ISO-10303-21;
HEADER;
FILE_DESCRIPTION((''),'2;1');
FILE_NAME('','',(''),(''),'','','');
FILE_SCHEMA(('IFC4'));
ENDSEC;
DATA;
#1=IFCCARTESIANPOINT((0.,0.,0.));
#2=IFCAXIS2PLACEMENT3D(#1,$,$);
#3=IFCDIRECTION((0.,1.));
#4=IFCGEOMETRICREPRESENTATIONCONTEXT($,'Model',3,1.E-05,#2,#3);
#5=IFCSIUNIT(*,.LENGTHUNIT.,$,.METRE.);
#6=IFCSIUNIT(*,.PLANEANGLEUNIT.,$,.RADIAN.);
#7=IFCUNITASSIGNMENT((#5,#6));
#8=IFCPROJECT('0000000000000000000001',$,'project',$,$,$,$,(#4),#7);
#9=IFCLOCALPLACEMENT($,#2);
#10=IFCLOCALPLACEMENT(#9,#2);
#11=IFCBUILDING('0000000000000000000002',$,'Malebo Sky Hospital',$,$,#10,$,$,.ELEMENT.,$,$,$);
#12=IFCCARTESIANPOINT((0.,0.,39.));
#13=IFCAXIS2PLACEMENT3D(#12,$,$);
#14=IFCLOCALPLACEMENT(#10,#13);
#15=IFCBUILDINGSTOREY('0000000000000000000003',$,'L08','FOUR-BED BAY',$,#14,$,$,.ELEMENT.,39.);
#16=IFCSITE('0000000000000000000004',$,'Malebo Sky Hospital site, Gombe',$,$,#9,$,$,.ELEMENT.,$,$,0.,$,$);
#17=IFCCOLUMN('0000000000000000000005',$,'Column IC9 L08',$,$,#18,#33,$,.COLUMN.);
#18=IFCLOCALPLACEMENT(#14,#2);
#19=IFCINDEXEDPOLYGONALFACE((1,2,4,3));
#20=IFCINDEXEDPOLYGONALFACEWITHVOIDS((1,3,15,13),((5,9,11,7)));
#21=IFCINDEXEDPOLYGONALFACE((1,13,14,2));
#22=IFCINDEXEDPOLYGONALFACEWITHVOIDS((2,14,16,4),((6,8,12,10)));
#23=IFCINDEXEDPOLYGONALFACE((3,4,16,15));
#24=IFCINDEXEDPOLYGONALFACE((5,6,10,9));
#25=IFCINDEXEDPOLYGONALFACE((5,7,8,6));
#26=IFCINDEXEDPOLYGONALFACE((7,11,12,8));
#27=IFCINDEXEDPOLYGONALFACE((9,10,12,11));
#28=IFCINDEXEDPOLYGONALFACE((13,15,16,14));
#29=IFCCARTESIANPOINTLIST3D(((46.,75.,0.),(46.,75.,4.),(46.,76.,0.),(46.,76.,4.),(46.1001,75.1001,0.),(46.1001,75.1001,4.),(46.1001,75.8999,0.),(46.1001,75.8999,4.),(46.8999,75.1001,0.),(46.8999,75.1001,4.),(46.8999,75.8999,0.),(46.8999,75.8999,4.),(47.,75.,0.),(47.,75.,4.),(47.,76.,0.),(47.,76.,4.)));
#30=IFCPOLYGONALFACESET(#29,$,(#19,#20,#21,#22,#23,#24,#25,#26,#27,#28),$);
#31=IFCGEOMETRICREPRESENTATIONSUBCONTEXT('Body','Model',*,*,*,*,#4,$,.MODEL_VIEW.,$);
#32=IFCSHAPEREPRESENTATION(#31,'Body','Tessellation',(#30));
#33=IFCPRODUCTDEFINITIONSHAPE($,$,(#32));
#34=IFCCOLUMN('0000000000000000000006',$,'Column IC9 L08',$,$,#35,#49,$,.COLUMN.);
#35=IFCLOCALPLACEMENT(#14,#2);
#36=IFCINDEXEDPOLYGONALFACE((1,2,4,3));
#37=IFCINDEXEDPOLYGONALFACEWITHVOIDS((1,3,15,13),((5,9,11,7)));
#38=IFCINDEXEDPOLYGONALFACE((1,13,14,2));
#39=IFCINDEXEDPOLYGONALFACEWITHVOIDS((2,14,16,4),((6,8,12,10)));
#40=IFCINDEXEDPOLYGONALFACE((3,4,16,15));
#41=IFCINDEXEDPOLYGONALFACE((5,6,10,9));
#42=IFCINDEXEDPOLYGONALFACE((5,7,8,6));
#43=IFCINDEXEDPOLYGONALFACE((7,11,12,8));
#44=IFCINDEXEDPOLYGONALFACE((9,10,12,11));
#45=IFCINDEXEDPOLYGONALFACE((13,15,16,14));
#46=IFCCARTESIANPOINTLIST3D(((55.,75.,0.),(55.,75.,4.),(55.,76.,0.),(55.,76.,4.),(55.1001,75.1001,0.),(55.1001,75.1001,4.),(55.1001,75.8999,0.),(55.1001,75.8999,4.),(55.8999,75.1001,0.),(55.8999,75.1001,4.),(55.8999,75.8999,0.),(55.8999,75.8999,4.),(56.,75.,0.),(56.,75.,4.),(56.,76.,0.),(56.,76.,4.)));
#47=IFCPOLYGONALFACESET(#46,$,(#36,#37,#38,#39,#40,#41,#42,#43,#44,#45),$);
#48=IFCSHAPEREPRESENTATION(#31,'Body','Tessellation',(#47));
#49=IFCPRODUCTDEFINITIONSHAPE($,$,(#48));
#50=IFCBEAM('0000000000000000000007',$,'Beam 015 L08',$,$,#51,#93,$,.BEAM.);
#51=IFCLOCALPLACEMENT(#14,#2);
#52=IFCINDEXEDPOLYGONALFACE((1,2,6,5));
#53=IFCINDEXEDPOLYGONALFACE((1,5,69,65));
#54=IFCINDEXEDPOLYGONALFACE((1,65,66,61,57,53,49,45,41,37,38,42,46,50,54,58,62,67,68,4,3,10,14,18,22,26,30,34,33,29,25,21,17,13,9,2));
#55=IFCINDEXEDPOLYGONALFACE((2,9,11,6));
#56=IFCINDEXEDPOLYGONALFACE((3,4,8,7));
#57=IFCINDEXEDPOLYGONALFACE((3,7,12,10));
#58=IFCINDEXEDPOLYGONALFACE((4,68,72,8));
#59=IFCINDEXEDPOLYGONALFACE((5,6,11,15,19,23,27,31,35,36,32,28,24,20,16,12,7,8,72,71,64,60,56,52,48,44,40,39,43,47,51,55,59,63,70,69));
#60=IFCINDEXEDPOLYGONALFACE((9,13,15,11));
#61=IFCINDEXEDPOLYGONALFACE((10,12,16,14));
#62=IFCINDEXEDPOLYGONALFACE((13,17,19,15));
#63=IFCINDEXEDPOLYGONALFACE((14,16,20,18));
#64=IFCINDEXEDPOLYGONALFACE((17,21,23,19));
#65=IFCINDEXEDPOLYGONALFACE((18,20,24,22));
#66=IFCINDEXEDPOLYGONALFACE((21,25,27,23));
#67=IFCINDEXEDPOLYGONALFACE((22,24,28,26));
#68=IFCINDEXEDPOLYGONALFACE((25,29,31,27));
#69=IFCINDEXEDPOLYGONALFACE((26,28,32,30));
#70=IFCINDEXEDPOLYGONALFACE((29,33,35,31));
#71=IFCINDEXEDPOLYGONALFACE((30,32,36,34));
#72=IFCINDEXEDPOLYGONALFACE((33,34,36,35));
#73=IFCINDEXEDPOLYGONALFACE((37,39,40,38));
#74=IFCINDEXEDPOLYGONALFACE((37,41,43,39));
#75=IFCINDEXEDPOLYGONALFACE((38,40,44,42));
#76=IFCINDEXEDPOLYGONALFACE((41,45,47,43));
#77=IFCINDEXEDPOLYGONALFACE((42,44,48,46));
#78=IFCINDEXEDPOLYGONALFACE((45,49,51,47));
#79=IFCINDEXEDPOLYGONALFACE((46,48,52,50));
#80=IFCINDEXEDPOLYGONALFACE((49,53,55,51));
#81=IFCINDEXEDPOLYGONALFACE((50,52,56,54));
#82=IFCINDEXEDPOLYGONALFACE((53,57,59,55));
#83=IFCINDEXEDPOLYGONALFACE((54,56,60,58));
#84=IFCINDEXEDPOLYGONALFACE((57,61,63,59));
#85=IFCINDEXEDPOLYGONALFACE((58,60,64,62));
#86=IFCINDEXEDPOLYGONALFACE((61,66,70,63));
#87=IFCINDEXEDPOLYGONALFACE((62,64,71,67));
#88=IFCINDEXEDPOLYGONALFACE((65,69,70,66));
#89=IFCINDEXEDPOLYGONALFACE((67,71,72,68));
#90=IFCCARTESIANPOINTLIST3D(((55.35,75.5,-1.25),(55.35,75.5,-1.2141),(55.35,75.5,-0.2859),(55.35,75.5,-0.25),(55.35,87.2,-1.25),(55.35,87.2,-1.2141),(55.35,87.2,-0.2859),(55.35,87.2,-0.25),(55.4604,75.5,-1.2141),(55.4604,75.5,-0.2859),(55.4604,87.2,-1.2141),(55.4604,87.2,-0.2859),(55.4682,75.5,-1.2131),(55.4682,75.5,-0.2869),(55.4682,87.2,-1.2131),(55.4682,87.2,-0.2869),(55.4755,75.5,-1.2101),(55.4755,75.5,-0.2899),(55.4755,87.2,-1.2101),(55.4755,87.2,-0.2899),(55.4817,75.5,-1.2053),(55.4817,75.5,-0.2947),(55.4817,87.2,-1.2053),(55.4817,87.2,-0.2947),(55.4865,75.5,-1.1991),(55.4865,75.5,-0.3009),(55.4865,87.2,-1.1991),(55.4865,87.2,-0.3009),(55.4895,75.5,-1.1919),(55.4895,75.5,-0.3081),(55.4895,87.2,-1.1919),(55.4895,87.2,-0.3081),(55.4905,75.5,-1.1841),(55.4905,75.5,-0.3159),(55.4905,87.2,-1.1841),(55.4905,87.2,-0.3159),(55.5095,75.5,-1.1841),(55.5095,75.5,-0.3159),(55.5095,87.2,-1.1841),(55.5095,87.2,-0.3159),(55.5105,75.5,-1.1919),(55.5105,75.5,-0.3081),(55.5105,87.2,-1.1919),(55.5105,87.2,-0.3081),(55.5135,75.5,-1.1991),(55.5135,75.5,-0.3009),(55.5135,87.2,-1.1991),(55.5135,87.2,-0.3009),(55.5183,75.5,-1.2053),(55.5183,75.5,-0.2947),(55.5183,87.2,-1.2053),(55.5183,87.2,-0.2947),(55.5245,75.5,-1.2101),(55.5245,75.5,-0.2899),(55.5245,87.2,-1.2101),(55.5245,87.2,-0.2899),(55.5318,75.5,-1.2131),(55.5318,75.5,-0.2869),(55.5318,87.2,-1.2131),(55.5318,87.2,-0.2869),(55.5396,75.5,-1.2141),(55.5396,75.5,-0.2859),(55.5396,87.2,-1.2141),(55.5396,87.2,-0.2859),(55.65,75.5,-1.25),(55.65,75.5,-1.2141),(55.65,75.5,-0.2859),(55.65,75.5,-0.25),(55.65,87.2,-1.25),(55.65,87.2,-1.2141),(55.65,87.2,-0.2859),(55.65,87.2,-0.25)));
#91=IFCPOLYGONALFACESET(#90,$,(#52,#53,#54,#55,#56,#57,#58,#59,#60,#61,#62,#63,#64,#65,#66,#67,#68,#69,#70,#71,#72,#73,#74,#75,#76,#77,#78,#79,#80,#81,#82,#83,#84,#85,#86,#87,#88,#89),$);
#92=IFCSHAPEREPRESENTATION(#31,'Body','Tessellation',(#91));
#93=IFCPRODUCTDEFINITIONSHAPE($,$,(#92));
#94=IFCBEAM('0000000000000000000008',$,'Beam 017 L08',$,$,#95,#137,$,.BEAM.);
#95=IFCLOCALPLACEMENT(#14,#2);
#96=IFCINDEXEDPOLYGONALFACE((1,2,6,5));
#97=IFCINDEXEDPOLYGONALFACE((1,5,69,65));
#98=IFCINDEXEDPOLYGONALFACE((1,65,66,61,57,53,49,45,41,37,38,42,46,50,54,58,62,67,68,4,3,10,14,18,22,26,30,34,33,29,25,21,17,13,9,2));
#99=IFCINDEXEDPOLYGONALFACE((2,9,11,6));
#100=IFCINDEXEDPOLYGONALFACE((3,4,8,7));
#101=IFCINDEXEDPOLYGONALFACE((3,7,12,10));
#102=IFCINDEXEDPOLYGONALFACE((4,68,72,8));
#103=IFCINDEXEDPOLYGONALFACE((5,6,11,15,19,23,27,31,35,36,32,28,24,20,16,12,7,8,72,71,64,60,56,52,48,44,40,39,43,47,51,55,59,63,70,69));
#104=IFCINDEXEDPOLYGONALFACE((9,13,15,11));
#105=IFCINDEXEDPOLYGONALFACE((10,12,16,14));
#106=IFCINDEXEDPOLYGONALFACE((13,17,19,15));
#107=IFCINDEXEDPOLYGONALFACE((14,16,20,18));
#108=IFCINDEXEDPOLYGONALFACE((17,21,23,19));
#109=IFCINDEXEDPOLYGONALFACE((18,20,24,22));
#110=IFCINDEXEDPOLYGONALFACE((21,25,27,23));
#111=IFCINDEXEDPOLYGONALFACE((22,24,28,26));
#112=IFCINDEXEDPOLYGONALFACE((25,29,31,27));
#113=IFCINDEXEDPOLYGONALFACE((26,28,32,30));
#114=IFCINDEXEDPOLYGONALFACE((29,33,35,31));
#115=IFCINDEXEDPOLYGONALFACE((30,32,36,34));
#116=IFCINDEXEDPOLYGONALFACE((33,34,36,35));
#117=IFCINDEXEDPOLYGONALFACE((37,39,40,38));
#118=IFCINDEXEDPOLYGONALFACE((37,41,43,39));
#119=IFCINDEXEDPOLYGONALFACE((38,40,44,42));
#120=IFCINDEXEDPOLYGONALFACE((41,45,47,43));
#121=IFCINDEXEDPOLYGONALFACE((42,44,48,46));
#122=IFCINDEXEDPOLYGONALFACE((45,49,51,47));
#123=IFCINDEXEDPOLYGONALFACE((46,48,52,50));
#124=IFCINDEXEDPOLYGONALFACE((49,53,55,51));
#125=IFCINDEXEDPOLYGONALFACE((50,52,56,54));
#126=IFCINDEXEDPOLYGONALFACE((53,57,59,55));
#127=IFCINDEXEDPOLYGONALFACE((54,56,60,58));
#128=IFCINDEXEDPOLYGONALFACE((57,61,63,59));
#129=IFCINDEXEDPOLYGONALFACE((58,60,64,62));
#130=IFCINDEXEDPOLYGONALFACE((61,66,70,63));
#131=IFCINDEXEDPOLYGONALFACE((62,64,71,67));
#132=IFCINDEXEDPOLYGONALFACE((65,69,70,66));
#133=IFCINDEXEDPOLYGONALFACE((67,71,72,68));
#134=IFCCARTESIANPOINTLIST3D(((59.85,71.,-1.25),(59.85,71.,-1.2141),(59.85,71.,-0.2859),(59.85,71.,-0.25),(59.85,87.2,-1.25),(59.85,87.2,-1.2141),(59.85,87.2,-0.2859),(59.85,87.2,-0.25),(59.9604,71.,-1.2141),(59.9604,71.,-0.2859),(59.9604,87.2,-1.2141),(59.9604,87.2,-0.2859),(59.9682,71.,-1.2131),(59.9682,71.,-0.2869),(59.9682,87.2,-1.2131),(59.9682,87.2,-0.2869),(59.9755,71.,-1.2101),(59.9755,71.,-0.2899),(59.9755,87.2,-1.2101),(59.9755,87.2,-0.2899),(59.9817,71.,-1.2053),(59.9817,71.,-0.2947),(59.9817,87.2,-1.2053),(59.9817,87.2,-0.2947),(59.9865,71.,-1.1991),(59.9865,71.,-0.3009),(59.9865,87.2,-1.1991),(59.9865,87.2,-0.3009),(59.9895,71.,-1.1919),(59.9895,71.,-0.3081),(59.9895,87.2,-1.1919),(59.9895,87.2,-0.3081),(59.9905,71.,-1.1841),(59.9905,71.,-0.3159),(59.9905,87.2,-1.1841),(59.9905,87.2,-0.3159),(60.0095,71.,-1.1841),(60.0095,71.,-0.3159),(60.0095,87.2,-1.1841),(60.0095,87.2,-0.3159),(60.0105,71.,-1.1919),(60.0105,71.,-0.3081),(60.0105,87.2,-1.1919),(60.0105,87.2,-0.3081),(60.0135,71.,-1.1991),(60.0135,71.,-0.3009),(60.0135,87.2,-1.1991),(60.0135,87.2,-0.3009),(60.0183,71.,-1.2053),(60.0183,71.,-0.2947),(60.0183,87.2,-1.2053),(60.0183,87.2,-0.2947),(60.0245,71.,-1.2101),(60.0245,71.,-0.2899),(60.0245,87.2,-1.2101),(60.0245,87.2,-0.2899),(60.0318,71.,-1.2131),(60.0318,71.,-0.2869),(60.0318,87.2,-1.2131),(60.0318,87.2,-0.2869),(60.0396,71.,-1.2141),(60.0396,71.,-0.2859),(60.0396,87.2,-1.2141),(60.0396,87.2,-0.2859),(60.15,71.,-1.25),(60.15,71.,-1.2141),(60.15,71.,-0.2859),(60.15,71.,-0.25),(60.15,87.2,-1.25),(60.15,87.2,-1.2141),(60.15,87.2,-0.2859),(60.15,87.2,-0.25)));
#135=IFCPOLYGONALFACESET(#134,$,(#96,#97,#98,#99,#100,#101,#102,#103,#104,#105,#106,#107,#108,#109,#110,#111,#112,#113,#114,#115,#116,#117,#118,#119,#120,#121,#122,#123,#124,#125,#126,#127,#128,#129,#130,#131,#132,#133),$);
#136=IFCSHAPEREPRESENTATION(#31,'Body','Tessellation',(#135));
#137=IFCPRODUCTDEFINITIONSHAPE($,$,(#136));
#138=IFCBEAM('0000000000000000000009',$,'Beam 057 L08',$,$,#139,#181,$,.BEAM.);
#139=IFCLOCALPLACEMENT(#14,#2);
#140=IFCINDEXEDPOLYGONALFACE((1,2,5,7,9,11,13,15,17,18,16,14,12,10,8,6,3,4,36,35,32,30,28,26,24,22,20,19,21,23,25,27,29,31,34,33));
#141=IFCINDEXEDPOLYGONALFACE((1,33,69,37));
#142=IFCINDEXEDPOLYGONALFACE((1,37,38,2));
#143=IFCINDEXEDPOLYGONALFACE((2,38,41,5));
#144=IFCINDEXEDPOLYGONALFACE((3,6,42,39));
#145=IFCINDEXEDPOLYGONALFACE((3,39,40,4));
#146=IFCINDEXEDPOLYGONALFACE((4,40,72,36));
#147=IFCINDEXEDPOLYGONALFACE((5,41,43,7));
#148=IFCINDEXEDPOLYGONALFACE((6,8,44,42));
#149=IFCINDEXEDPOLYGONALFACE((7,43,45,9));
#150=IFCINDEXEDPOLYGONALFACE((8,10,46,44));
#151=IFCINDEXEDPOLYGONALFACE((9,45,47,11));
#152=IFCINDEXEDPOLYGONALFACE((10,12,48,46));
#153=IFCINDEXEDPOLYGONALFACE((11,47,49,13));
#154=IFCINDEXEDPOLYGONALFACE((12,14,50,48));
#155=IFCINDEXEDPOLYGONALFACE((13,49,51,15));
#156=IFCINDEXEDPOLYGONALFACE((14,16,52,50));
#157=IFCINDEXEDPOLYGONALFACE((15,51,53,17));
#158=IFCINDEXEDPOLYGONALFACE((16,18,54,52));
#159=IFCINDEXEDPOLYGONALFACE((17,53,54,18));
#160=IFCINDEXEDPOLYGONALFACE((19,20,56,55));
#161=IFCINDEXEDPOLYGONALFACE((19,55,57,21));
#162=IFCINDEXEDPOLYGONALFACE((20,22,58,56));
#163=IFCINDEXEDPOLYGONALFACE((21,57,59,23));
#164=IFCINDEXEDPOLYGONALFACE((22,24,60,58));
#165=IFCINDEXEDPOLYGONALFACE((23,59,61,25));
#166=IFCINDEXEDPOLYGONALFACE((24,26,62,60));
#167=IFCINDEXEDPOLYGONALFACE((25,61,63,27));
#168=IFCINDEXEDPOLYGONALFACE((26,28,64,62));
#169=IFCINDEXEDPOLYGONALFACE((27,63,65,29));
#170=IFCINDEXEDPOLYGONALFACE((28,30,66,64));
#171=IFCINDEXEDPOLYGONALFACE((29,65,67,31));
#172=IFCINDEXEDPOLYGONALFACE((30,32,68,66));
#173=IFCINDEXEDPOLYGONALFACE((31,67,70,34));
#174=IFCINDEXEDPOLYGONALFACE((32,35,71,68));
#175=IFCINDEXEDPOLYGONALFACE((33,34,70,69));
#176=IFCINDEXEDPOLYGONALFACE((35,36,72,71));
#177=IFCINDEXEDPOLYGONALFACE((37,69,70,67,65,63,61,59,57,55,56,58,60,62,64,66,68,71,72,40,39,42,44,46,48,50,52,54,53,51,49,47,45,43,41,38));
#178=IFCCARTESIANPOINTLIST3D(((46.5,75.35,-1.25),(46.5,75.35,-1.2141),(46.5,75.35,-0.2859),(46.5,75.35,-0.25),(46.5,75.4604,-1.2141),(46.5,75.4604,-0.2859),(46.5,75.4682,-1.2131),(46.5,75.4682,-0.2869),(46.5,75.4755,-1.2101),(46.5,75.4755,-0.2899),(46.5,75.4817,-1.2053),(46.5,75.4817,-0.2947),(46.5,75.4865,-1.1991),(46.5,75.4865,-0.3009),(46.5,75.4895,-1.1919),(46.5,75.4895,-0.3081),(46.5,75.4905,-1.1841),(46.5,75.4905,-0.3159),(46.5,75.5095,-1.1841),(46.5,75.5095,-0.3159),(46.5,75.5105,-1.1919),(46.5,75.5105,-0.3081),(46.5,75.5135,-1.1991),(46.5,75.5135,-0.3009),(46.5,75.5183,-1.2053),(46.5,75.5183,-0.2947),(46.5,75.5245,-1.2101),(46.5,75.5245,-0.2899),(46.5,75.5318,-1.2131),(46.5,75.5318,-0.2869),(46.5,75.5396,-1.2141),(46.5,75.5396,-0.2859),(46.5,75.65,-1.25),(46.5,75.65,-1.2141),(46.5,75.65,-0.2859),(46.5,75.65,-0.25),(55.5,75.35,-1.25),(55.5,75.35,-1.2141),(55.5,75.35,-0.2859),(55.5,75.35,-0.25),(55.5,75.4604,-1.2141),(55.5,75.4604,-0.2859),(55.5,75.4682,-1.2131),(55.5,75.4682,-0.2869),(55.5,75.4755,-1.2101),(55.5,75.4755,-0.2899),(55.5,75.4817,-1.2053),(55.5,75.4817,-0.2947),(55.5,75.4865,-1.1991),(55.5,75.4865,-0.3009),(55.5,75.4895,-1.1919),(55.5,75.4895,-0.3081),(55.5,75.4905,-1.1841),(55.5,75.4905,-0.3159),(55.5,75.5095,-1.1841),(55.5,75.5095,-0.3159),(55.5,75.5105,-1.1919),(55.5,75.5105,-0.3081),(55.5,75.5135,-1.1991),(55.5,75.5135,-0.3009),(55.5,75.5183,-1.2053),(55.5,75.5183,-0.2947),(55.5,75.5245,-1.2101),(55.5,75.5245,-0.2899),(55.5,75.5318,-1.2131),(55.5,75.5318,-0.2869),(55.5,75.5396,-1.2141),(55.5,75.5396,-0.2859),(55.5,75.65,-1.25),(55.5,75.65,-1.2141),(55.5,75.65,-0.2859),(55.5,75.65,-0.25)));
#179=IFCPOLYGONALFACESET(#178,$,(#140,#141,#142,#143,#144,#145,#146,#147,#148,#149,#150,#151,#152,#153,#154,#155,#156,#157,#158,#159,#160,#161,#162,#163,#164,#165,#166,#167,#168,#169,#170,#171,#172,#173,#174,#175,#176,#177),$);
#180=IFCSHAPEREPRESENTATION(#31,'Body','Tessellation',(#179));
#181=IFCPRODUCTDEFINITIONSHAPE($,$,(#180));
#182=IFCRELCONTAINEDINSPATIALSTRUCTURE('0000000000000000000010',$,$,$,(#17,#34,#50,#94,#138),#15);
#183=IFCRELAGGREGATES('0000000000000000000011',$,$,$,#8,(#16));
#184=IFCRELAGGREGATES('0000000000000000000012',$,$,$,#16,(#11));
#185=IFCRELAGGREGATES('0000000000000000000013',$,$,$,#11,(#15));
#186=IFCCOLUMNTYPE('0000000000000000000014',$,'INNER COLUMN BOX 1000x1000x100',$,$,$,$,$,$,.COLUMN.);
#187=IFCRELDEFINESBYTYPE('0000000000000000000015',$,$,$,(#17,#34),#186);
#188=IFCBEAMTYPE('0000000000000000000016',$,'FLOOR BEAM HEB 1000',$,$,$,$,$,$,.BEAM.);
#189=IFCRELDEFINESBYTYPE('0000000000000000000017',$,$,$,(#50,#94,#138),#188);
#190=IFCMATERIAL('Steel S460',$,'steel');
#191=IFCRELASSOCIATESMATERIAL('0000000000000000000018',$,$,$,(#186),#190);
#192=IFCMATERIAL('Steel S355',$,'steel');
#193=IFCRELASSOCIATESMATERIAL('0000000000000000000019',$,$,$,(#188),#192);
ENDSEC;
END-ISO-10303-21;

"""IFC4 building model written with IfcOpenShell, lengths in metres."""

from ifc_helpers import new_model, si_unit, direction, frame, origin, origin_2d, place, context, subcontext, project, spatial, hollow_rectangle, i_section, extrude, material, material_profile, profile_set, type_object, element, save


model = new_model("IFC4")

# Units and contexts
model_context = context("Model", 3, precision=1e-05, world=origin(), true_north=direction((0.0, 1.0)))
body_context = subcontext(model_context, "Body", "Model", "MODEL_VIEW")
ifc_project = project(units=[si_unit("LENGTHUNIT", "METRE"), si_unit("PLANEANGLEUNIT", "RADIAN")], contexts=[model_context])

# Site, building, storey
site_placement = place(None, origin())
site = spatial("IfcSite", under=ifc_project, at=site_placement, Name="Malebo Sky Hospital site, Gombe", CompositionType="ELEMENT", RefElevation=0.0)
building_placement = place(site_placement, origin())
building = spatial("IfcBuilding", under=site, at=building_placement, Name="Malebo Sky Hospital", CompositionType="ELEMENT")
storey_placement = place(building_placement, frame((0.0, 0.0, 39.0)))
storey = spatial("IfcBuildingStorey", under=building, at=storey_placement, Name="L08", Description="FOUR-BED BAY", CompositionType="ELEMENT", Elevation=39.0)

# Columns
ifc_material_1 = material(Name="Steel S460", Category="steel")
ifc_material_profile_1 = material_profile(ifc_material_1, hollow_rectangle(XDim=1.0, YDim=1.0, WallThickness=0.1001, at=origin_2d()), Name="BOX 1000x1000x100")
ifc_profile_set_1 = profile_set([ifc_material_profile_1], Name="Steel S460")
column_type = type_object("IfcColumnType", Name="INNER COLUMN BOX 1000x1000x100", PredefinedType="COLUMN", material=ifc_profile_set_1)
for number, where, z_axis, x_axis, name in (
    (1, (46.5, 75.5, 0.0), (0.0, 0.0, 1.0), (1.0, 0.0, 0.0), "Column IC9 L08"),
    (2, (55.5, 75.5, 0.0), (0.0, 0.0, 1.0), (1.0, 0.0, 0.0), "Column IC9 L08"),
):
    element("IfcColumn", number, at=place(storey_placement, frame(where, z_axis=z_axis, x_axis=x_axis)), inside=storey, type_object=column_type, Name=name, PredefinedType="COLUMN", context=body_context, shape_type="SweptSolid", body=[
        extrude(hollow_rectangle(XDim=1.0, YDim=1.0, WallThickness=0.1001, at=origin_2d()), origin(), (0.0, 0.0, 1.0), 4.0),
    ])

# Beams
ifc_material_2 = material(Name="Steel S355", Category="steel")
ifc_material_profile_2 = material_profile(ifc_material_2, i_section(OverallWidth=0.3, OverallDepth=1.0, WebThickness=0.019, FlangeThickness=0.0359, FilletRadius=0.03, at=origin_2d()), Name="HEB 1000")
ifc_profile_set_2 = profile_set([ifc_material_profile_2], Name="Steel S355")
beam_type_1 = type_object("IfcBeamType", Name="FLOOR BEAM HEB 1000", PredefinedType="BEAM", material=ifc_profile_set_2)
beam_1_placement = place(storey_placement, frame((55.5, 75.5, -0.75), z_axis=(0.0, 1.0, 0.0), x_axis=(-1.0, 0.0, 0.0)))
element("IfcBeam", 3, at=beam_1_placement, inside=storey, type_object=beam_type_1, Name="Beam 015 L08", PredefinedType="BEAM", context=body_context, shape_type="SweptSolid", body=[
    extrude(i_section(OverallWidth=0.3, OverallDepth=1.0, WebThickness=0.019, FlangeThickness=0.0359, FilletRadius=0.03, at=origin_2d()), origin(), (0.0, 0.0, 1.0), 11.7),
])
beam_2_placement = place(storey_placement, frame((60.0, 71.0, -0.75), z_axis=(0.0, 1.0, 0.0), x_axis=(-1.0, 0.0, 0.0)))
element("IfcBeam", 4, at=beam_2_placement, inside=storey, type_object=beam_type_1, Name="Beam 017 L08", PredefinedType="BEAM", context=body_context, shape_type="SweptSolid", body=[
    extrude(i_section(OverallWidth=0.3, OverallDepth=1.0, WebThickness=0.019, FlangeThickness=0.0359, FilletRadius=0.03, at=origin_2d()), origin(), (0.0, 0.0, 1.0), 16.2),
])
beam_3_placement = place(storey_placement, frame((46.5, 75.5, -0.75), z_axis=(1.0, 0.0, 0.0), x_axis=(0.0, 1.0, 0.0)))
element("IfcBeam", 5, at=beam_3_placement, inside=storey, type_object=beam_type_1, Name="Beam 057 L08", PredefinedType="BEAM", context=body_context, shape_type="SweptSolid", body=[
    extrude(i_section(OverallWidth=0.3, OverallDepth=1.0, WebThickness=0.019, FlangeThickness=0.0359, FilletRadius=0.03, at=origin_2d()), origin(), (0.0, 0.0, 1.0), 9.0),
])

save(model, "model.ifc")
